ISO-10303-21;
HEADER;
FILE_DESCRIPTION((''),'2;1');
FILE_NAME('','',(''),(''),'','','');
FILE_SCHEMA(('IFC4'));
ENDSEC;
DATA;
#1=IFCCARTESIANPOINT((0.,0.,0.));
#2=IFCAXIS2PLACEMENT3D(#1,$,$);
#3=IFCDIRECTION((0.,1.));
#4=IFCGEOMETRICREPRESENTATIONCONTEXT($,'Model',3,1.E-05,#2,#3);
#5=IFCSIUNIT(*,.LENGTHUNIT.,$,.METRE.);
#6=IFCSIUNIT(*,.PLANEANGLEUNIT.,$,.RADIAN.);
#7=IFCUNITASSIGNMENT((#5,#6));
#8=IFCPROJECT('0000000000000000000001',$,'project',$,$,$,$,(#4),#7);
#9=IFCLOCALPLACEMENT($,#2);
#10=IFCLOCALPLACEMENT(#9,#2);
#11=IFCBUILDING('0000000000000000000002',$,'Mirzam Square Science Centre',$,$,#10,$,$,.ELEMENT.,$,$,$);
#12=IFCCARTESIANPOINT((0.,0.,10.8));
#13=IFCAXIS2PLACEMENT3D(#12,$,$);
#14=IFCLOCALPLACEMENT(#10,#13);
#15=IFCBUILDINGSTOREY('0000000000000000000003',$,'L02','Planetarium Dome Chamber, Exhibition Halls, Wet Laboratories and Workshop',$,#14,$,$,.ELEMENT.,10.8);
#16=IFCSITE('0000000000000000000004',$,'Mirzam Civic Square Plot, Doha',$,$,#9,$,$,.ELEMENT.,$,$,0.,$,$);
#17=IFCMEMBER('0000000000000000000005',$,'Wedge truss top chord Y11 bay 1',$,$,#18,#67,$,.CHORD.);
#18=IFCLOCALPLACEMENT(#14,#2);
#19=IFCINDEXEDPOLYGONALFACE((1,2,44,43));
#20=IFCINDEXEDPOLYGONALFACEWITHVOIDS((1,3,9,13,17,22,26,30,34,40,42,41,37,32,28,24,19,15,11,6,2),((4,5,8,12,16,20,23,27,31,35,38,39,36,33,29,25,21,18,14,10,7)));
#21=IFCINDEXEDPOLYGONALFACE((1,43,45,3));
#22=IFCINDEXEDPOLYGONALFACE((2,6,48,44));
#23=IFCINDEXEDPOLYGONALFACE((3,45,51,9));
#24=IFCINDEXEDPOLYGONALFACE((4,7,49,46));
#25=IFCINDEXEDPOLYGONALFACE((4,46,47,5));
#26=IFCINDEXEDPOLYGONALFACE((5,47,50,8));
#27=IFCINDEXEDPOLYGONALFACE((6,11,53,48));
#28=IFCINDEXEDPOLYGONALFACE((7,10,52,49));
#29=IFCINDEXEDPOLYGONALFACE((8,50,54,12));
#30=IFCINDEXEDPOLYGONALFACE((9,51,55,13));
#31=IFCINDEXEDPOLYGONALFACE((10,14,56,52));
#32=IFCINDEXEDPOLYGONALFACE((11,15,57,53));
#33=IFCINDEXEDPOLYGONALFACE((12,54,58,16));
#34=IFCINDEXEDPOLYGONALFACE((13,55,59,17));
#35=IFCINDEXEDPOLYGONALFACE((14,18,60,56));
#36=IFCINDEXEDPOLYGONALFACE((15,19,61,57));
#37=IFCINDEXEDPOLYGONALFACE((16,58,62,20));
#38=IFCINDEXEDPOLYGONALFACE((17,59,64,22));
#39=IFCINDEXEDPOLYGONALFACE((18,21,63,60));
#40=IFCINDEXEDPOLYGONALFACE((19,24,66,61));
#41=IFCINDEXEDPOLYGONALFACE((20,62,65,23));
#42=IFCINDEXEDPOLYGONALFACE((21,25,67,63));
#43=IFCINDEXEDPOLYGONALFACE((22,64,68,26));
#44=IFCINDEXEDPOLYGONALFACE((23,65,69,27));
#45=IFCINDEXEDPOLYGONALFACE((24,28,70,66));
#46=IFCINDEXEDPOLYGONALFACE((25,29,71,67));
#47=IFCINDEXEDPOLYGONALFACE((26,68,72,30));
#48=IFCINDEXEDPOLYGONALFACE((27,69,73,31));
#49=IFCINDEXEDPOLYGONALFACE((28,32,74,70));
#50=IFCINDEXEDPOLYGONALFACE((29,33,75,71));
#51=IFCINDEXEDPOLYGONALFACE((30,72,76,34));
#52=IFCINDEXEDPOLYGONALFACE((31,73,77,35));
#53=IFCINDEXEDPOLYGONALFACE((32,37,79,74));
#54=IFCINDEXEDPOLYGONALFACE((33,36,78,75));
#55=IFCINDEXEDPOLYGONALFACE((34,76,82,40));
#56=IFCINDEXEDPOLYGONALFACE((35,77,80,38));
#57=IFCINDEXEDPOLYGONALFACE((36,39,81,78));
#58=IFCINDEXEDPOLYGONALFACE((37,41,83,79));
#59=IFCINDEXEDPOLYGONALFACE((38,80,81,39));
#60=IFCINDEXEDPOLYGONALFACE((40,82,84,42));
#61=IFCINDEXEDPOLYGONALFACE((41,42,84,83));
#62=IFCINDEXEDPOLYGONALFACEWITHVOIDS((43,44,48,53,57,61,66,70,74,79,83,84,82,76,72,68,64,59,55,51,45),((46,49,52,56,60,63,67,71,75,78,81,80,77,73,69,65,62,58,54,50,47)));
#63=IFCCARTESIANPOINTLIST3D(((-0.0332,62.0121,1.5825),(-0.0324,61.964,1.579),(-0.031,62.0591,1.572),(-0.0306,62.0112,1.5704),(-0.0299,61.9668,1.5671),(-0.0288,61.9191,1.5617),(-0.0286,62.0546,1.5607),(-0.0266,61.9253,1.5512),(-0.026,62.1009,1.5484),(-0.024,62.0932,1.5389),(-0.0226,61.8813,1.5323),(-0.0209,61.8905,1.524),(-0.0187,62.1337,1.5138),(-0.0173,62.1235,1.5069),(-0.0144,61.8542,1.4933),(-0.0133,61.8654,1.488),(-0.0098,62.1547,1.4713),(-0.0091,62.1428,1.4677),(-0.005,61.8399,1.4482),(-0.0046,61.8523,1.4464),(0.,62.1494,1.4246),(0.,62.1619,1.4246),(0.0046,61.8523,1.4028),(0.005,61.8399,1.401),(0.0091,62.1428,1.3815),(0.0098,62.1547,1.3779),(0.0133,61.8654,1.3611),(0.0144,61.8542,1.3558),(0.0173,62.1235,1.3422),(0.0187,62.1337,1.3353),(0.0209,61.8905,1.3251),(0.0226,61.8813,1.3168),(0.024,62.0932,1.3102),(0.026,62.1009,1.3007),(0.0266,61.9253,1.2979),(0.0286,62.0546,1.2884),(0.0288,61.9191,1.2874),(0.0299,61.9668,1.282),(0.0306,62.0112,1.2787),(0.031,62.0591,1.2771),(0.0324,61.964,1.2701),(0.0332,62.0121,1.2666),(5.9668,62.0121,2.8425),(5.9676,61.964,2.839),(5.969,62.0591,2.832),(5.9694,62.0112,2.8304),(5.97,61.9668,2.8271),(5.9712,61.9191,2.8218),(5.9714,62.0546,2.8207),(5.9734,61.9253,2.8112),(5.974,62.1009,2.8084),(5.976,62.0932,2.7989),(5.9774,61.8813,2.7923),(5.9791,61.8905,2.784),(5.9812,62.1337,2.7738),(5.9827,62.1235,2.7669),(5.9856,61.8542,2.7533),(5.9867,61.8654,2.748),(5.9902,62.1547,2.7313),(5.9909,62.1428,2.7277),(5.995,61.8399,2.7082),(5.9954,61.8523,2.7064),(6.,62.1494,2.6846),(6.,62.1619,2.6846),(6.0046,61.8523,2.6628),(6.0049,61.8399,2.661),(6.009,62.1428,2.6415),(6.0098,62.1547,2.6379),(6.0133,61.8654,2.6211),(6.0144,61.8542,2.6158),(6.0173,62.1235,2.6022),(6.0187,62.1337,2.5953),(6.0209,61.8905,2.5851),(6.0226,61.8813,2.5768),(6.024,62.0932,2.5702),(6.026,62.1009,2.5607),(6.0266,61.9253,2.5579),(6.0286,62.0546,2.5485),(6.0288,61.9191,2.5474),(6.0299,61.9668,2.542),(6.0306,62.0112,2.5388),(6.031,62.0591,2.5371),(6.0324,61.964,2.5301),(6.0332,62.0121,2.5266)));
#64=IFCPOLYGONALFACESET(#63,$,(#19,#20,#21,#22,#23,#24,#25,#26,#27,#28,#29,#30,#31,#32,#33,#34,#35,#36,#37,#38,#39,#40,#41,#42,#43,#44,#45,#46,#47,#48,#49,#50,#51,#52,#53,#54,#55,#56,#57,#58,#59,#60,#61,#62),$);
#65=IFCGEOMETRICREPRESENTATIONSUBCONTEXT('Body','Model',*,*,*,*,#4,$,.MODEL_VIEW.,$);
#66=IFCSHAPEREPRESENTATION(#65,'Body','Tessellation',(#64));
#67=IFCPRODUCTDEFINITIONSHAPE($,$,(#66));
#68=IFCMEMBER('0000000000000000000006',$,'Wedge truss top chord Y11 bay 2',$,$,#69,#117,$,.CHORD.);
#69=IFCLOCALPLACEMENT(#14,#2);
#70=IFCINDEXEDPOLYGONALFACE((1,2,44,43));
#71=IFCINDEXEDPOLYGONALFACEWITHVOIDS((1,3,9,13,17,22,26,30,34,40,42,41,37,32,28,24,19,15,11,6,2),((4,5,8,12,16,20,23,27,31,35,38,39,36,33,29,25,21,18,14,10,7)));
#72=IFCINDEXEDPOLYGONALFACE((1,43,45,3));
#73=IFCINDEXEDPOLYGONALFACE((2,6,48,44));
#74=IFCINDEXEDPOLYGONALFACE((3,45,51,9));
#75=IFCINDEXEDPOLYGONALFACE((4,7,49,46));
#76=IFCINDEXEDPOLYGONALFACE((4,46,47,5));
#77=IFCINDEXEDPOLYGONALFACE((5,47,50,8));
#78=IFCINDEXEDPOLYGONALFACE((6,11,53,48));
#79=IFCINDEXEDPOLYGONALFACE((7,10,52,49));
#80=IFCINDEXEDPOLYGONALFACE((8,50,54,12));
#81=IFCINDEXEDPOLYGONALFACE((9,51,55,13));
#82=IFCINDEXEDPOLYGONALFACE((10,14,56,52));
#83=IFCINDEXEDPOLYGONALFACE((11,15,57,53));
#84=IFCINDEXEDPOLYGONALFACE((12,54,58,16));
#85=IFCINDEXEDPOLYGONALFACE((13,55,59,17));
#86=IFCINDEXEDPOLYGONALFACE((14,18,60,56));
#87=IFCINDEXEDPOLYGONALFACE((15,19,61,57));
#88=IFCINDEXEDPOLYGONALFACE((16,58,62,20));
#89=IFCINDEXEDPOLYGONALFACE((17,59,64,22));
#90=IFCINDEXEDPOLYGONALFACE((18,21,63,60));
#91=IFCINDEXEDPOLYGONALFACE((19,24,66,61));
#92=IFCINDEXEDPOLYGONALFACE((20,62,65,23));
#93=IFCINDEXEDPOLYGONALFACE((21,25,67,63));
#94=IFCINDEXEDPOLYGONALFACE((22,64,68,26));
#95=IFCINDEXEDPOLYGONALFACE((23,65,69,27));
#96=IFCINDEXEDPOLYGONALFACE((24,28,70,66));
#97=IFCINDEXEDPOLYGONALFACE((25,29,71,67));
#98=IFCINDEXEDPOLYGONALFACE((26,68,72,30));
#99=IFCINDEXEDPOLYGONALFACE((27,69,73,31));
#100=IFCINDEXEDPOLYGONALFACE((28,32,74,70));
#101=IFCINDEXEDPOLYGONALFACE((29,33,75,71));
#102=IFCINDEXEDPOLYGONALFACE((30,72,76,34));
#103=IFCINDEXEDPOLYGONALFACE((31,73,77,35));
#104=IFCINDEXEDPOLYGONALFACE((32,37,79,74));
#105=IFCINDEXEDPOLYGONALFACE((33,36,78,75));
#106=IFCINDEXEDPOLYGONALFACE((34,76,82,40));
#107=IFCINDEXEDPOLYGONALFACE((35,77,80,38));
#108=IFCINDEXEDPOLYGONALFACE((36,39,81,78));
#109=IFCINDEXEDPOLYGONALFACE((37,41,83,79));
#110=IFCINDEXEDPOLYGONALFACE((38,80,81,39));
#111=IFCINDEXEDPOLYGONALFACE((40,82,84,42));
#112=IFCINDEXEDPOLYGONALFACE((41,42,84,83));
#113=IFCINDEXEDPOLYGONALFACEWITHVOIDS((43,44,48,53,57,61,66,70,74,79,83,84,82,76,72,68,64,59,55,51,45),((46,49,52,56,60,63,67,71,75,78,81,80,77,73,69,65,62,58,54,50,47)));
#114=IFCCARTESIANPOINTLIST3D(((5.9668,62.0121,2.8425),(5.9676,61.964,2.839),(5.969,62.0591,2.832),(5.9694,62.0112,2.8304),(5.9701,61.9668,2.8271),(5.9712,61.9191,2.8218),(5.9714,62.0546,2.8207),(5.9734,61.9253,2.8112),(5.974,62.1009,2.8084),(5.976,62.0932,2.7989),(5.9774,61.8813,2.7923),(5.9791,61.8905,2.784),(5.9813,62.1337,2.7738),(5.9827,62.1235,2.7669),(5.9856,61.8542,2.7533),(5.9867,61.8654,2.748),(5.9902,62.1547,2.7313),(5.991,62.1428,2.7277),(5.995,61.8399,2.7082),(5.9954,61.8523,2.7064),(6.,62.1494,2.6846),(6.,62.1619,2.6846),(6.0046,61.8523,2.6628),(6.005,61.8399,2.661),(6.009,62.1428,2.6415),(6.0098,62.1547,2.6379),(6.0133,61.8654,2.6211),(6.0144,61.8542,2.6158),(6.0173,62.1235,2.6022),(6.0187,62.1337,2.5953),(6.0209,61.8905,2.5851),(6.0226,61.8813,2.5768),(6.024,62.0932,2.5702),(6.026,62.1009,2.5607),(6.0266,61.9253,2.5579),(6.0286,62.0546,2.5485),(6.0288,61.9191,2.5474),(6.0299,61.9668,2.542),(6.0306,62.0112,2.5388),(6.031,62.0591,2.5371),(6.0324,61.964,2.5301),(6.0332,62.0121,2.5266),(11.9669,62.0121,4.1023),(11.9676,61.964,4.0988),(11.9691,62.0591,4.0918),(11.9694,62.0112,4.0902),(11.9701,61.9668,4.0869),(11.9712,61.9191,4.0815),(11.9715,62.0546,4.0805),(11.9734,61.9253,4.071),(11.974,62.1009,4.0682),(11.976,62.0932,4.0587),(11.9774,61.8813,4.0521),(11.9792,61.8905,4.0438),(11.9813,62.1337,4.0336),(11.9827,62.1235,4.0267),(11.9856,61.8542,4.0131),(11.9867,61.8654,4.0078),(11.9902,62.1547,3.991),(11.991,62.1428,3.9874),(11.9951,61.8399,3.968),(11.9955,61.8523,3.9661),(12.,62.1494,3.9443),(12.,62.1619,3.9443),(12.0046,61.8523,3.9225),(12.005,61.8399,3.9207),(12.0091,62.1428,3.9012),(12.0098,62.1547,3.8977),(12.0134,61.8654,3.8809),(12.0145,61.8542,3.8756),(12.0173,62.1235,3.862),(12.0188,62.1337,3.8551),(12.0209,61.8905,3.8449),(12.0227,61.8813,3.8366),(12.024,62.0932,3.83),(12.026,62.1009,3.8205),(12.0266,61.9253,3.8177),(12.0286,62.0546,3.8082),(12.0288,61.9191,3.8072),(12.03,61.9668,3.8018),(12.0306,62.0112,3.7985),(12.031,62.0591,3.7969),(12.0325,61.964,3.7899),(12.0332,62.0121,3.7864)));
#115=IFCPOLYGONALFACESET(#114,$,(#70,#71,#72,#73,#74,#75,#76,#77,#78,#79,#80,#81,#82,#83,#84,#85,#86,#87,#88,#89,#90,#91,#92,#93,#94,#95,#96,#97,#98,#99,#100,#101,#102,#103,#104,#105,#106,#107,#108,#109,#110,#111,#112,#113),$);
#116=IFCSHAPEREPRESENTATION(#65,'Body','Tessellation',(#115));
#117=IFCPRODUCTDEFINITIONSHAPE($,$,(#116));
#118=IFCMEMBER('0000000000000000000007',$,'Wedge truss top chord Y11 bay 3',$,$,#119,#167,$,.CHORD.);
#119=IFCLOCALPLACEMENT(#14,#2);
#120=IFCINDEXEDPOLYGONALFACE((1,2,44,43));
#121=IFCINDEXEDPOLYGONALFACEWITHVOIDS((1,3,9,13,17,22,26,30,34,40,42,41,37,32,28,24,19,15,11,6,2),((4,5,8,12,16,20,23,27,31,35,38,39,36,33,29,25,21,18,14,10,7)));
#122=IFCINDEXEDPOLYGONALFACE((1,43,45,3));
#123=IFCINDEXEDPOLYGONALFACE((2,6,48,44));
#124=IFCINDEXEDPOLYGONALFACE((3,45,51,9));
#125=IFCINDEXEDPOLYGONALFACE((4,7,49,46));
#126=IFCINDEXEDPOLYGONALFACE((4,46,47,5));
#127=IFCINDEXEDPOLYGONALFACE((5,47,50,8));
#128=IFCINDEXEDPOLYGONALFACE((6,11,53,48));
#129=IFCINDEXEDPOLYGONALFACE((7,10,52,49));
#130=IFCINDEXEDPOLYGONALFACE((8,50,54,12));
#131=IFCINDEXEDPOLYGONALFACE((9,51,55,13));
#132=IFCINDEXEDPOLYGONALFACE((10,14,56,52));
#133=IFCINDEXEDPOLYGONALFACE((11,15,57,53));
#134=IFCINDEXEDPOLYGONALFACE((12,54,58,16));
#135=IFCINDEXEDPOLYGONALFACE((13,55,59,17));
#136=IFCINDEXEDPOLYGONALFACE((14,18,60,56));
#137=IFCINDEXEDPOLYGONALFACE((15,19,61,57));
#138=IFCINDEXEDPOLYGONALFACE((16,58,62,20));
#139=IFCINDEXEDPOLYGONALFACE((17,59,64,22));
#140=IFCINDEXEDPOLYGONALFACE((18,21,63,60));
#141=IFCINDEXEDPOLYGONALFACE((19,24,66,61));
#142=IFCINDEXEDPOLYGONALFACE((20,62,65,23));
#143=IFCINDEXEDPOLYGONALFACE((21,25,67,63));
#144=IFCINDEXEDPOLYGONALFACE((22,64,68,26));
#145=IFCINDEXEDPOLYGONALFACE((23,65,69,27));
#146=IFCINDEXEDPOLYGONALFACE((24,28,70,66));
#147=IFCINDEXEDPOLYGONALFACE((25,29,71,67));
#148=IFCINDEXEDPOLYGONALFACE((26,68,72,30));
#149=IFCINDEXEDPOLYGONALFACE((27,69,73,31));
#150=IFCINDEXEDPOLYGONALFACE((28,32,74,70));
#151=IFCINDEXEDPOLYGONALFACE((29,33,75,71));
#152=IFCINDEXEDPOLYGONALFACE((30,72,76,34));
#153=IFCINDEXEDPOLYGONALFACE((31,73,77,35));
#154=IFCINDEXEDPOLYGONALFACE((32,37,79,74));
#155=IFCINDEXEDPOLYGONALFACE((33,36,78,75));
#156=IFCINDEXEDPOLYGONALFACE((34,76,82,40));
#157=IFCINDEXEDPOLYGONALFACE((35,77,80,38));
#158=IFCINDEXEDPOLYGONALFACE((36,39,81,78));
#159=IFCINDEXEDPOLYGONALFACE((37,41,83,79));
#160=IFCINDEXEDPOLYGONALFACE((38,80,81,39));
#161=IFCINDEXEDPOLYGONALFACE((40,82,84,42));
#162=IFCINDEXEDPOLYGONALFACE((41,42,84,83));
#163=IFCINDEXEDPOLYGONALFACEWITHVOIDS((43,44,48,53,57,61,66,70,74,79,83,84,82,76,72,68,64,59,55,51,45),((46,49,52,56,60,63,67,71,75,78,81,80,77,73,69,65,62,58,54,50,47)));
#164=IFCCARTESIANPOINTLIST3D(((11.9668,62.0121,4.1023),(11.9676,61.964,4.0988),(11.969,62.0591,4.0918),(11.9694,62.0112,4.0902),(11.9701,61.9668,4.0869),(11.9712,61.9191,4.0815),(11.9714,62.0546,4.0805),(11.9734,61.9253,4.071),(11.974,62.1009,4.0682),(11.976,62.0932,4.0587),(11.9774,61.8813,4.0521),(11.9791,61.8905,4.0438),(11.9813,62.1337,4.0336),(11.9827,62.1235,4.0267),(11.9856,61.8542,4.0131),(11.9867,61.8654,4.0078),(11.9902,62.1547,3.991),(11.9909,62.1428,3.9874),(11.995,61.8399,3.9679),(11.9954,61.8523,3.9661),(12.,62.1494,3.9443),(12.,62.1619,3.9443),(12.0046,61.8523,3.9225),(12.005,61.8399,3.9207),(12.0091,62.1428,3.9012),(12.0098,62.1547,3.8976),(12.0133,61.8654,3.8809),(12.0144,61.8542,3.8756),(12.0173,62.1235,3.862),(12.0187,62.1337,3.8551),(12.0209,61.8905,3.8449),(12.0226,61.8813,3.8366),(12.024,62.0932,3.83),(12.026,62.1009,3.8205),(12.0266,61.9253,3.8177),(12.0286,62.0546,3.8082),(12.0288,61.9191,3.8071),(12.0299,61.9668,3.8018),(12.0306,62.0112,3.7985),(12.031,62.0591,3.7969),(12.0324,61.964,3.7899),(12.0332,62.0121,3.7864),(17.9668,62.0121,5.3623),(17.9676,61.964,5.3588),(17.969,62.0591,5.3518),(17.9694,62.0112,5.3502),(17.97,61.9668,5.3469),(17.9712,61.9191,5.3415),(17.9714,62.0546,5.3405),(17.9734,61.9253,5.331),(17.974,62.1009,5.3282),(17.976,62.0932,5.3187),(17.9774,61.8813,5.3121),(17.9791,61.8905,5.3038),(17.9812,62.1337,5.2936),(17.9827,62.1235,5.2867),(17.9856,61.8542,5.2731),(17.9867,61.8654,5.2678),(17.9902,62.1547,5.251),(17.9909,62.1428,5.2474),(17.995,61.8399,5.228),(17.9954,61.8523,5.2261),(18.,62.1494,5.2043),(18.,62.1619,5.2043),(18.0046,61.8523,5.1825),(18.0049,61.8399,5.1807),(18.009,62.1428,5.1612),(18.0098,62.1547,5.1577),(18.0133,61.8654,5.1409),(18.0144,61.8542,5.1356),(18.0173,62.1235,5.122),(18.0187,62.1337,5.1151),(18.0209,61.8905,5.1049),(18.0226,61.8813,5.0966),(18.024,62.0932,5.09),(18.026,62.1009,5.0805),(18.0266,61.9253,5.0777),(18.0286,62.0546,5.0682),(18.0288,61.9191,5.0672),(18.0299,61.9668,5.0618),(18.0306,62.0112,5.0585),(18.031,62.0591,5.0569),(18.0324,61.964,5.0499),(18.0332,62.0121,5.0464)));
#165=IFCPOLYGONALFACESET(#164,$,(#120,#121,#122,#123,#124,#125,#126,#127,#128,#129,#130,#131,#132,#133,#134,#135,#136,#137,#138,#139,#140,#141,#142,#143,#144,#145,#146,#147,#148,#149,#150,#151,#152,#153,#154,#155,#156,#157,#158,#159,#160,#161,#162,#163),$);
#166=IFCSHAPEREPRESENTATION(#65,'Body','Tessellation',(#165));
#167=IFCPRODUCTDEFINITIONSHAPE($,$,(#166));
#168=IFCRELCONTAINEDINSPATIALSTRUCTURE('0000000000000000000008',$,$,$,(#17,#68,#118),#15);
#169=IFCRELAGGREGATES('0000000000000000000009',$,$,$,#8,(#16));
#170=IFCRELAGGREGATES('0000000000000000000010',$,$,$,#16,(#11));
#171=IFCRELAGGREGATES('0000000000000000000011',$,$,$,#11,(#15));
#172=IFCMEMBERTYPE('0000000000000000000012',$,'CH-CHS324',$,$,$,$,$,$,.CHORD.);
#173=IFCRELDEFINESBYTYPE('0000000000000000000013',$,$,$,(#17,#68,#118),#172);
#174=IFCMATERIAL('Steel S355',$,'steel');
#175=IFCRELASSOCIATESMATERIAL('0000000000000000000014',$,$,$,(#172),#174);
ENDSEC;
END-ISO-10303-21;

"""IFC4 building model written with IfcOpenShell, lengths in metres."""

from ifc_helpers import new_model, si_unit, direction, frame, origin, origin_2d, place, context, subcontext, project, spatial, hollow_circle, extrude, material, material_profile, profile_set, type_object, element, save


model = new_model("IFC4")

# Units and contexts
model_context = context("Model", 3, precision=1e-05, world=origin(), true_north=direction((0.0, 1.0)))
body_context = subcontext(model_context, "Body", "Model", "MODEL_VIEW")
ifc_project = project(units=[si_unit("LENGTHUNIT", "METRE"), si_unit("PLANEANGLEUNIT", "RADIAN")], contexts=[model_context])

# Site, building, storey
site_placement = place(None, origin())
site = spatial("IfcSite", under=ifc_project, at=site_placement, Name="Mirzam Civic Square Plot, Doha", CompositionType="ELEMENT", RefElevation=0.0)
building_placement = place(site_placement, origin())
building = spatial("IfcBuilding", under=site, at=building_placement, Name="Mirzam Square Science Centre", CompositionType="ELEMENT")
storey_placement = place(building_placement, frame((0.0, 0.0, 10.8)))
storey = spatial("IfcBuildingStorey", under=building, at=storey_placement, Name="L02", Description="Planetarium Dome Chamber, Exhibition Halls, Wet Laboratories and Workshop", CompositionType="ELEMENT", Elevation=10.8)

# Members
ifc_material = material(Name="Steel S355", Category="steel")
ifc_material_profile_1 = material_profile(ifc_material, hollow_circle(Radius=0.1619, WallThickness=0.0125, at=origin_2d()), Name="323.9x12.5CHS")
ifc_profile_set_1 = profile_set([ifc_material_profile_1], Name="Steel S355")
member_type_1 = type_object("IfcMemberType", Name="CH-CHS324", PredefinedType="CHORD", material=ifc_profile_set_1)
for number, where, z_axis, x_axis, name in (
    (1, (0.0, 62.0, 1.4246), (0.978653, 0.0, 0.205519), (0.0, 1.0, 0.0), "Wedge truss top chord Y11 bay 1"),
    (2, (6.0, 62.0, 2.6846), (0.978661, 0.0, 0.205481), (0.0, 1.0, 0.0), "Wedge truss top chord Y11 bay 2"),
    (3, (12.0, 62.0, 3.9443), (0.978653, 0.0, 0.205519), (0.0, 1.0, 0.0), "Wedge truss top chord Y11 bay 3"),
):
    element("IfcMember", number, at=place(storey_placement, frame(where, z_axis=z_axis, x_axis=x_axis)), inside=storey, type_object=member_type_1, Name=name, PredefinedType="CHORD", context=body_context, shape_type="SweptSolid", body=[
        extrude(hollow_circle(Radius=0.1619, WallThickness=0.0125, at=origin_2d()), origin(), (0.0, 0.0, 1.0), 6.1309),
    ])

save(model, "model.ifc")
